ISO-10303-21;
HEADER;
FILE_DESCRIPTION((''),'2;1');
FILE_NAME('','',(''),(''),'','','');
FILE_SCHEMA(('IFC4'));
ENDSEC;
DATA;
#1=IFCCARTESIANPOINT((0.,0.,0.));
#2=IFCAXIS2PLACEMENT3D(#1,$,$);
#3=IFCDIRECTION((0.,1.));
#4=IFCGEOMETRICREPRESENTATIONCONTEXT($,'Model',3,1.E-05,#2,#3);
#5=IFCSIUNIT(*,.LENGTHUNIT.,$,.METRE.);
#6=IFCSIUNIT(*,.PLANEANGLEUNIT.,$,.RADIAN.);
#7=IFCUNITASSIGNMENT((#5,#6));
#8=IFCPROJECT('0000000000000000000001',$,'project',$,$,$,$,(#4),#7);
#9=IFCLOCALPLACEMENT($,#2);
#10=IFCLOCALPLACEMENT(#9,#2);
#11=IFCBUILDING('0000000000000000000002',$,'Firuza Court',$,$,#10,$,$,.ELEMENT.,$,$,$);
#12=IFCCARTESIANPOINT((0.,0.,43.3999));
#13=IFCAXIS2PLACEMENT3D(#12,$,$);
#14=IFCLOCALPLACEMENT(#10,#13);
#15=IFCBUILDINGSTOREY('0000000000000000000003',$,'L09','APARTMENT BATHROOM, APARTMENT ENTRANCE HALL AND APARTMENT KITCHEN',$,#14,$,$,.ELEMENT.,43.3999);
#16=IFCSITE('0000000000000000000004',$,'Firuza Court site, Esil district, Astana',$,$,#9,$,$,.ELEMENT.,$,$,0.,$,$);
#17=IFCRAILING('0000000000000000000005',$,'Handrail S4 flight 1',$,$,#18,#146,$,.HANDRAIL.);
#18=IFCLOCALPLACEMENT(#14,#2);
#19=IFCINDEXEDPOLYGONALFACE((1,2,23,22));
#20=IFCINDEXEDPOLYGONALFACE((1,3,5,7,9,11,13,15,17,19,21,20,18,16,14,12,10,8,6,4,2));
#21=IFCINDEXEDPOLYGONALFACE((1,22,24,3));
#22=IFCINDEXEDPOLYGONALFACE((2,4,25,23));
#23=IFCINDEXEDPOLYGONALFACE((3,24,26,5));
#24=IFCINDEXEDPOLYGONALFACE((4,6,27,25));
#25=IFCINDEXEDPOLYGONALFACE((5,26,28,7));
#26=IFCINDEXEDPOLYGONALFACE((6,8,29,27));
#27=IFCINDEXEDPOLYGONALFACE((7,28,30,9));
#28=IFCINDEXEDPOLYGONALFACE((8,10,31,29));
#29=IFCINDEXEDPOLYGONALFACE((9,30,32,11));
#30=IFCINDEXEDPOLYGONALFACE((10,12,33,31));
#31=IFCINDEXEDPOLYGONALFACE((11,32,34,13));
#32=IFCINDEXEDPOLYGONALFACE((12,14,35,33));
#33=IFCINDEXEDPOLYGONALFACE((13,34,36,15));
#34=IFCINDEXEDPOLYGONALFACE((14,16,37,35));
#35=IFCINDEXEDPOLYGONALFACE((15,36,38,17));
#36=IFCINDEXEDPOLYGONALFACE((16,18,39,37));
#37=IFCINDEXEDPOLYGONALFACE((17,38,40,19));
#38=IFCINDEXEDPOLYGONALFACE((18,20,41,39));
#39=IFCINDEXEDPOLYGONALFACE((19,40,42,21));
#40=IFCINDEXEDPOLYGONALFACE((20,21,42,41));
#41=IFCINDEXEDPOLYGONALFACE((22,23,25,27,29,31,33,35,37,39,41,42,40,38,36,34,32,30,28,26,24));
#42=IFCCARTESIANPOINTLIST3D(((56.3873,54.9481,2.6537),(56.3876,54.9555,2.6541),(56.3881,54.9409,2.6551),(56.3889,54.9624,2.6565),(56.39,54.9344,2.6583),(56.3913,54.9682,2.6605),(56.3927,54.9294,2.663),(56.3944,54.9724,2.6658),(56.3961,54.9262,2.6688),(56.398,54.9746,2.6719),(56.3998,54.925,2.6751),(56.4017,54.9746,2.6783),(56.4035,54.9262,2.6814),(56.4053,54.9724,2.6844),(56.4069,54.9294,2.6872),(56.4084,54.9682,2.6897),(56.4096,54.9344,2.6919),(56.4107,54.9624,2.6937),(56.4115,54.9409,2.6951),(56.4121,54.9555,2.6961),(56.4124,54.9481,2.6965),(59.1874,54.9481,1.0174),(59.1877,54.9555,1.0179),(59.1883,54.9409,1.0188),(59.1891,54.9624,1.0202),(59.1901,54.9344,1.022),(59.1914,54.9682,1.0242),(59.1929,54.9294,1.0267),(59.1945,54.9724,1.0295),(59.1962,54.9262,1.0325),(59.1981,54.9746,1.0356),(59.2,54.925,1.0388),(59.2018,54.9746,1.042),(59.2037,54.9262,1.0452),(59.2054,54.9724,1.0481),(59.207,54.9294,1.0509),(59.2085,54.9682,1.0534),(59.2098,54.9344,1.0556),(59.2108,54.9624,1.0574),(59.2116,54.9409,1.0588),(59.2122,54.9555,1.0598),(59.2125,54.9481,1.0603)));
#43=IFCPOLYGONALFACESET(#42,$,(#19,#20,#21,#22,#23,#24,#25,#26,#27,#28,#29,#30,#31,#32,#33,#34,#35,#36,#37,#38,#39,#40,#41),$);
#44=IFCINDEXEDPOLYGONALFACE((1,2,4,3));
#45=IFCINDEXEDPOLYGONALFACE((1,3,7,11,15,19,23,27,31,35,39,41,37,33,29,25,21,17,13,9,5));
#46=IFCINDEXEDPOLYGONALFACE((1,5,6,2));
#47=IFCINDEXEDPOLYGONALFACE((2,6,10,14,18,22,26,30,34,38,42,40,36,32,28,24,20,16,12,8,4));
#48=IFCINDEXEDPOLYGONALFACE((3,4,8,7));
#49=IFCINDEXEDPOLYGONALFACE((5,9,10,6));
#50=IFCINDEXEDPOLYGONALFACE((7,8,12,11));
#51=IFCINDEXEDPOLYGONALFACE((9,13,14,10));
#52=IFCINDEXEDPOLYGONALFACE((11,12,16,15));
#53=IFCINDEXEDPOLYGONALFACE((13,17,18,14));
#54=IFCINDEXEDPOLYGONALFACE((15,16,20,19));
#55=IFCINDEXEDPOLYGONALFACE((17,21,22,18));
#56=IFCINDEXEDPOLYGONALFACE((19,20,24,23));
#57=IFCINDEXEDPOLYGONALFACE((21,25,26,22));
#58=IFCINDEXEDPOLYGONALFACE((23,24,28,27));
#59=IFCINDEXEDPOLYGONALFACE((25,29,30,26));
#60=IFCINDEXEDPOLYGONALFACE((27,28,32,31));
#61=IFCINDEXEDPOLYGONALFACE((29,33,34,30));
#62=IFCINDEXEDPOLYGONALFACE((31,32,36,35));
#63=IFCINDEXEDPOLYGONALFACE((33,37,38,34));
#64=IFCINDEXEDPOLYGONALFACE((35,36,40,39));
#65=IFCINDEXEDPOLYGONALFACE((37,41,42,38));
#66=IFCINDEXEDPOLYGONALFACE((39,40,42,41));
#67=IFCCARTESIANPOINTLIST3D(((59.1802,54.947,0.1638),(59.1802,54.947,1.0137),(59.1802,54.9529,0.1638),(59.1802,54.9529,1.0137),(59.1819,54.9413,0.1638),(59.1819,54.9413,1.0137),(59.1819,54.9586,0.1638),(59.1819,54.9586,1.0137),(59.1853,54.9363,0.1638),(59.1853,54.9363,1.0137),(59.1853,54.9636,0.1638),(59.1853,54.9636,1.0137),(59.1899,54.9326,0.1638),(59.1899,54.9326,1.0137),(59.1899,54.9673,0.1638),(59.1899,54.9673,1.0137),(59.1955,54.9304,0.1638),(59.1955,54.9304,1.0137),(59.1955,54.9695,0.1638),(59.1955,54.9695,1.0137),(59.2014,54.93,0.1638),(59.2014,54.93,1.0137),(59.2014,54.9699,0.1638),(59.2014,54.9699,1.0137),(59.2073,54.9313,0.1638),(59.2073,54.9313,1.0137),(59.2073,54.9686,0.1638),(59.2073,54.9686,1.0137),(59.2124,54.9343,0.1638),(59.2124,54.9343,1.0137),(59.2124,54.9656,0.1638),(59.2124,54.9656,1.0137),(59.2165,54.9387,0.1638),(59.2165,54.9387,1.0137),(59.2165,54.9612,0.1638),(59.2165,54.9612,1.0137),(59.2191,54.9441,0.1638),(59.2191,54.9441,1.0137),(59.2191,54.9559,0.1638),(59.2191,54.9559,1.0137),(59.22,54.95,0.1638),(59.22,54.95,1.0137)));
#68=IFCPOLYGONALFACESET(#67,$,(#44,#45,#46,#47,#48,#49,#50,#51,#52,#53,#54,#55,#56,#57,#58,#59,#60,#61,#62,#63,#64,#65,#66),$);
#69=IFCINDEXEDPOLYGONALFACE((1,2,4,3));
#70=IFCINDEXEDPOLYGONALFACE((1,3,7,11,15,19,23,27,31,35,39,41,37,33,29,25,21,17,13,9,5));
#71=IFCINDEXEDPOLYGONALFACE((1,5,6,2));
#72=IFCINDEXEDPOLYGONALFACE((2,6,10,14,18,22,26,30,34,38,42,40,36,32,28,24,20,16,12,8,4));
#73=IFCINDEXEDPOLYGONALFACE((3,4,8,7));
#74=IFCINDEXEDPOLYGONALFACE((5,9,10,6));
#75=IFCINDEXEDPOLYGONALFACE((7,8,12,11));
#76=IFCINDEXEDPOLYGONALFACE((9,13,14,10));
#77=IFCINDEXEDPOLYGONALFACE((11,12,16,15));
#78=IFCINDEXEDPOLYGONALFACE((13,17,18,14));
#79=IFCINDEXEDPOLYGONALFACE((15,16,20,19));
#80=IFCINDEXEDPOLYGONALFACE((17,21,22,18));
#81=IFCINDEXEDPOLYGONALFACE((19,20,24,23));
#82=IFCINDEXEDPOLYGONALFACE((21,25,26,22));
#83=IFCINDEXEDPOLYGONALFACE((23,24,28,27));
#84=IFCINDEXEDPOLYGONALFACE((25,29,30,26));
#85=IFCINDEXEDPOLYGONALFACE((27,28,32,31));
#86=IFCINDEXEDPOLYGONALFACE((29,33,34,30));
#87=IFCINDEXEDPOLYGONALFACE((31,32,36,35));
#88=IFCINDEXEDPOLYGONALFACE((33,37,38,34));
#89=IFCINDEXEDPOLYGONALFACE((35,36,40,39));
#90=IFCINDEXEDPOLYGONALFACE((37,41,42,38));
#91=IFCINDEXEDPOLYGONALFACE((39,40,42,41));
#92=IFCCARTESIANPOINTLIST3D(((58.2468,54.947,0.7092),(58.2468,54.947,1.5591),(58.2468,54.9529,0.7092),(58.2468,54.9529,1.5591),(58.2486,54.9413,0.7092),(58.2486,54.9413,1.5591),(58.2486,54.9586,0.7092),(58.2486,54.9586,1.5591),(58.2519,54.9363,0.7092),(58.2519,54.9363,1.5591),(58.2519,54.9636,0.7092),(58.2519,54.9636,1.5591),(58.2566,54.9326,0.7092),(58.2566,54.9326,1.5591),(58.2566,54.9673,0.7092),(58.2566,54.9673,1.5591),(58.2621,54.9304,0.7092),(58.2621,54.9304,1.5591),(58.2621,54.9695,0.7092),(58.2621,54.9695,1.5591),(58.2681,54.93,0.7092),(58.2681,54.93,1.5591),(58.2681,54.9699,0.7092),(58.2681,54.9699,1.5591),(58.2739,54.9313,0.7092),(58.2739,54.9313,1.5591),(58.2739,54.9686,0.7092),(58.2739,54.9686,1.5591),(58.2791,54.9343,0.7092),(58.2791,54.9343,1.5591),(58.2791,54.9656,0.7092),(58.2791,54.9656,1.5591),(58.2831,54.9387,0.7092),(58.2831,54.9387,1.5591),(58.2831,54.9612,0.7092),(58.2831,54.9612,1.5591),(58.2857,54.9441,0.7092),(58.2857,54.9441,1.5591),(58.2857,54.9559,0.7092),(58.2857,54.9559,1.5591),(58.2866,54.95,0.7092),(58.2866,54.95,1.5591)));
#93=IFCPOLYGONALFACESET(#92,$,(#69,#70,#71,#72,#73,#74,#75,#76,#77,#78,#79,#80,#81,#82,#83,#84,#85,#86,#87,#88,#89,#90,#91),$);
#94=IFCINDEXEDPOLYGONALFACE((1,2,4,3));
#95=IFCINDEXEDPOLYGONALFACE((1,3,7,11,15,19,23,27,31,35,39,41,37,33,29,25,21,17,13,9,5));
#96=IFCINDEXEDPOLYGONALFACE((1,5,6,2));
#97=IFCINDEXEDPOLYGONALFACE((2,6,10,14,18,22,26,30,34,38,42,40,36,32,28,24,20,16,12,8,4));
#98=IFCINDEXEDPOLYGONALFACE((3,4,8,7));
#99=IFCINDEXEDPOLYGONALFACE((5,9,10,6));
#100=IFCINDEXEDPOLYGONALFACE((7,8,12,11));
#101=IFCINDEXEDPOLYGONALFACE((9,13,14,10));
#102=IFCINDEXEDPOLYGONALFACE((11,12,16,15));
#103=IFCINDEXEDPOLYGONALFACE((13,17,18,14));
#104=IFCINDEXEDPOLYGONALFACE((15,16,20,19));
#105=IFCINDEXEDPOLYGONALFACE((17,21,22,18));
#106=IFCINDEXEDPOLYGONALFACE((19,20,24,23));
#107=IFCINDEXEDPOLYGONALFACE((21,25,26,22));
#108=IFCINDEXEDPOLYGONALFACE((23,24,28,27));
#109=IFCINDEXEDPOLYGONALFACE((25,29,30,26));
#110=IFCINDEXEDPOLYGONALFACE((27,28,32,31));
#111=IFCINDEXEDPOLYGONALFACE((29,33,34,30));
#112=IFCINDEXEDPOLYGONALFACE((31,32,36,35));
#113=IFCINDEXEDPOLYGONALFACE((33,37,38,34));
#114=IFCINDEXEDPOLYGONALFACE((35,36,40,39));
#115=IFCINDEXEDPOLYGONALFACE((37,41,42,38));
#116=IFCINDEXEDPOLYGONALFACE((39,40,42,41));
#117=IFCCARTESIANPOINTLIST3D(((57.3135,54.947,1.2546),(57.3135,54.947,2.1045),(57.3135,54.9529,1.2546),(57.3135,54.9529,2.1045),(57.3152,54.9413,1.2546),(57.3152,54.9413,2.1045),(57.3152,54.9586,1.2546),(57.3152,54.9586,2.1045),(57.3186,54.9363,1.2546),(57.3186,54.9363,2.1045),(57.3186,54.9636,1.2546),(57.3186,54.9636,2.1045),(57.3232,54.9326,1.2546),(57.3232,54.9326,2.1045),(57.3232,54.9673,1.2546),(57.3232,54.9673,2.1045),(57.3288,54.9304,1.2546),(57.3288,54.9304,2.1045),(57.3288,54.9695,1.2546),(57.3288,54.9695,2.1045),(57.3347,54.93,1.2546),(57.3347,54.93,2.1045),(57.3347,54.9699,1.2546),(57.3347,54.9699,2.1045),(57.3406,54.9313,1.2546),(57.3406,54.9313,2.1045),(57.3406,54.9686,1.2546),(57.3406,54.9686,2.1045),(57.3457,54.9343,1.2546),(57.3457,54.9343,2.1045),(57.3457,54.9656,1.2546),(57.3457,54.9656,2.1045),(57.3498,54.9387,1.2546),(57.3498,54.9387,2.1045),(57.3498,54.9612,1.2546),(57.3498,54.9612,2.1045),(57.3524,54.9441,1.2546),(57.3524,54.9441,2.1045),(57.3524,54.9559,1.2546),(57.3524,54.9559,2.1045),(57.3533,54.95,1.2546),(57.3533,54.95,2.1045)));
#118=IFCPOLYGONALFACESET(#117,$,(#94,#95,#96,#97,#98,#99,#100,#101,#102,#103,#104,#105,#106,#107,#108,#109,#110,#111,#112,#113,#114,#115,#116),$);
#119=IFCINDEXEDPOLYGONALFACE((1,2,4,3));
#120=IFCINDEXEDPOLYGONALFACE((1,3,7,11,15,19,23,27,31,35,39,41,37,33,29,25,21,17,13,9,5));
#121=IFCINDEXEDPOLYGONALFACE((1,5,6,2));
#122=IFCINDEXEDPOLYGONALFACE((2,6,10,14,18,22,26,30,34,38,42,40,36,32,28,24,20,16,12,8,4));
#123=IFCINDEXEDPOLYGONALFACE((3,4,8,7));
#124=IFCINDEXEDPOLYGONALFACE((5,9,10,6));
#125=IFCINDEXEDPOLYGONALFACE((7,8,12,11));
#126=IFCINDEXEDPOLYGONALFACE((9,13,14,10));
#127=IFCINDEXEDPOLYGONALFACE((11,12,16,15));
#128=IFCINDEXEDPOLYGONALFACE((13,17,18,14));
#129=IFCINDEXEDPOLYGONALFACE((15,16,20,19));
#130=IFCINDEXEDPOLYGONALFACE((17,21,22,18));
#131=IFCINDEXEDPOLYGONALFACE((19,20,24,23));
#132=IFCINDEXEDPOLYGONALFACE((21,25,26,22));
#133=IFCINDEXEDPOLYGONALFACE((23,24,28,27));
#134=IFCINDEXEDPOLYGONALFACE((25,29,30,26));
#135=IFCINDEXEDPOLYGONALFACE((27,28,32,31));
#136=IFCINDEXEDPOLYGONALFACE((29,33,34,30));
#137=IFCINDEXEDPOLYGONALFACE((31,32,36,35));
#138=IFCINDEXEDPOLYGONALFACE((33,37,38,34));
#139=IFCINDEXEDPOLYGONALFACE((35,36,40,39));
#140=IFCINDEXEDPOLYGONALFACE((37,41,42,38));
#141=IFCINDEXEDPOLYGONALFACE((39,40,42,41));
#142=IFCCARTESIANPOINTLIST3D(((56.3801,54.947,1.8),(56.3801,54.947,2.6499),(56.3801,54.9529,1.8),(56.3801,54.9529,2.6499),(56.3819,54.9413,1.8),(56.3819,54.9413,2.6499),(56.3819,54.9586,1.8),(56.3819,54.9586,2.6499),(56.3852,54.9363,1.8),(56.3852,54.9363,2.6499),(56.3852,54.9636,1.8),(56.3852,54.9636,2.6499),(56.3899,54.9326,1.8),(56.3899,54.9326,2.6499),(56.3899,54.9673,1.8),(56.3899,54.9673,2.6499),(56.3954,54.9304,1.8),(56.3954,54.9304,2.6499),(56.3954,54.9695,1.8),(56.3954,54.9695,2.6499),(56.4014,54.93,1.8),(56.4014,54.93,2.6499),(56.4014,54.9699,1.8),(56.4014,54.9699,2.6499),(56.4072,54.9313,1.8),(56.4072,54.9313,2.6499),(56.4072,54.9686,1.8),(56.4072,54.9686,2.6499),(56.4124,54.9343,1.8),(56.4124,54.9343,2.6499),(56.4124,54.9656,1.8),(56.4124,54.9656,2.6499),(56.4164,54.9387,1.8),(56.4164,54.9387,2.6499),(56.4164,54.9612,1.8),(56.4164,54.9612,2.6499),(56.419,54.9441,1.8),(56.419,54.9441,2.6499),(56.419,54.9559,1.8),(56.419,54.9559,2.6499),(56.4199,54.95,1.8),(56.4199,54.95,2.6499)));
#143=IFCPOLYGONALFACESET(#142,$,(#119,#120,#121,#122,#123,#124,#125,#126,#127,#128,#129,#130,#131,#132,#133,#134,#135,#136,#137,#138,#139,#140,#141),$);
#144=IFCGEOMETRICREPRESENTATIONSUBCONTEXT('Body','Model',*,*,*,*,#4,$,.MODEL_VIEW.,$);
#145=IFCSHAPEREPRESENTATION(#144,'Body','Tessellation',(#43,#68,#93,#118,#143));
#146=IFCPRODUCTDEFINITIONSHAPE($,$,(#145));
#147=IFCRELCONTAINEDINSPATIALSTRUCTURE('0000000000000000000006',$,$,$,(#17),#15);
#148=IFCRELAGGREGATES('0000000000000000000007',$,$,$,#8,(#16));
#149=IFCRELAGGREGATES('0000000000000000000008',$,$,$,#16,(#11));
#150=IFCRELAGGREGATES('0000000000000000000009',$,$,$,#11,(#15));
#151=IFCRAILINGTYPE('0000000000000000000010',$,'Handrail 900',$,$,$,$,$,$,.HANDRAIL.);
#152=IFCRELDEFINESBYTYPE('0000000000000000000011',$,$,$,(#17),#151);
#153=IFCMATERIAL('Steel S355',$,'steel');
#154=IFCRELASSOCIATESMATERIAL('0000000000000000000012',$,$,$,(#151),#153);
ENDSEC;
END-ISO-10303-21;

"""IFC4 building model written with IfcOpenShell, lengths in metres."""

from ifc_helpers import new_model, si_unit, direction, frame, origin, origin_2d, place, context, subcontext, project, spatial, circle, extrude, material, type_object, element, save


model = new_model("IFC4")

# Units and contexts
model_context = context("Model", 3, precision=1e-05, world=origin(), true_north=direction((0.0, 1.0)))
body_context = subcontext(model_context, "Body", "Model", "MODEL_VIEW")
ifc_project = project(units=[si_unit("LENGTHUNIT", "METRE"), si_unit("PLANEANGLEUNIT", "RADIAN")], contexts=[model_context])

# Site, building, storey
site_placement = place(None, origin())
site = spatial("IfcSite", under=ifc_project, at=site_placement, Name="Firuza Court site, Esil district, Astana", CompositionType="ELEMENT", RefElevation=0.0)
building_placement = place(site_placement, origin())
building = spatial("IfcBuilding", under=site, at=building_placement, Name="Firuza Court", CompositionType="ELEMENT")
storey_placement = place(building_placement, frame((0.0, 0.0, 43.3999)))
storey = spatial("IfcBuildingStorey", under=building, at=storey_placement, Name="L09", Description="APARTMENT BATHROOM, APARTMENT ENTRANCE HALL AND APARTMENT KITCHEN", CompositionType="ELEMENT", Elevation=43.3999)

# Railing
ifc_material_1 = material(Name="Steel S355", Category="steel")
railing_type_1 = type_object("IfcRailingType", Name="Handrail 900", PredefinedType="HANDRAIL", material=ifc_material_1)
railing_1_placement = place(storey_placement, frame((59.2, 54.95, 0.1638)))
element("IfcRailing", 1, at=railing_1_placement, inside=storey, type_object=railing_type_1, Name="Handrail S4 flight 1", PredefinedType="HANDRAIL", context=body_context, shape_type="SweptSolid", body=[
    extrude(circle(Radius=0.0249, at=origin_2d()), frame((0.0, 0.0, 0.875), z_axis=(-0.863394, 0.0, 0.504531), x_axis=(0.0, -1.0, 0.0)), (0.0, 0.0, 1.0), 3.2432),
    extrude(circle(Radius=0.02, at=origin_2d()), origin(), (0.0, 0.0, 1.0), 0.8499),
    extrude(circle(Radius=0.02, at=origin_2d()), frame((-0.9333, 0.0, 0.5454)), (0.0, 0.0, 1.0), 0.8499),
    extrude(circle(Radius=0.02, at=origin_2d()), frame((-1.8667, 0.0, 1.0908)), (0.0, 0.0, 1.0), 0.8499),
    extrude(circle(Radius=0.02, at=origin_2d()), frame((-2.8, 0.0, 1.6362)), (0.0, 0.0, 1.0), 0.8499),
])

save(model, "model.ifc")
